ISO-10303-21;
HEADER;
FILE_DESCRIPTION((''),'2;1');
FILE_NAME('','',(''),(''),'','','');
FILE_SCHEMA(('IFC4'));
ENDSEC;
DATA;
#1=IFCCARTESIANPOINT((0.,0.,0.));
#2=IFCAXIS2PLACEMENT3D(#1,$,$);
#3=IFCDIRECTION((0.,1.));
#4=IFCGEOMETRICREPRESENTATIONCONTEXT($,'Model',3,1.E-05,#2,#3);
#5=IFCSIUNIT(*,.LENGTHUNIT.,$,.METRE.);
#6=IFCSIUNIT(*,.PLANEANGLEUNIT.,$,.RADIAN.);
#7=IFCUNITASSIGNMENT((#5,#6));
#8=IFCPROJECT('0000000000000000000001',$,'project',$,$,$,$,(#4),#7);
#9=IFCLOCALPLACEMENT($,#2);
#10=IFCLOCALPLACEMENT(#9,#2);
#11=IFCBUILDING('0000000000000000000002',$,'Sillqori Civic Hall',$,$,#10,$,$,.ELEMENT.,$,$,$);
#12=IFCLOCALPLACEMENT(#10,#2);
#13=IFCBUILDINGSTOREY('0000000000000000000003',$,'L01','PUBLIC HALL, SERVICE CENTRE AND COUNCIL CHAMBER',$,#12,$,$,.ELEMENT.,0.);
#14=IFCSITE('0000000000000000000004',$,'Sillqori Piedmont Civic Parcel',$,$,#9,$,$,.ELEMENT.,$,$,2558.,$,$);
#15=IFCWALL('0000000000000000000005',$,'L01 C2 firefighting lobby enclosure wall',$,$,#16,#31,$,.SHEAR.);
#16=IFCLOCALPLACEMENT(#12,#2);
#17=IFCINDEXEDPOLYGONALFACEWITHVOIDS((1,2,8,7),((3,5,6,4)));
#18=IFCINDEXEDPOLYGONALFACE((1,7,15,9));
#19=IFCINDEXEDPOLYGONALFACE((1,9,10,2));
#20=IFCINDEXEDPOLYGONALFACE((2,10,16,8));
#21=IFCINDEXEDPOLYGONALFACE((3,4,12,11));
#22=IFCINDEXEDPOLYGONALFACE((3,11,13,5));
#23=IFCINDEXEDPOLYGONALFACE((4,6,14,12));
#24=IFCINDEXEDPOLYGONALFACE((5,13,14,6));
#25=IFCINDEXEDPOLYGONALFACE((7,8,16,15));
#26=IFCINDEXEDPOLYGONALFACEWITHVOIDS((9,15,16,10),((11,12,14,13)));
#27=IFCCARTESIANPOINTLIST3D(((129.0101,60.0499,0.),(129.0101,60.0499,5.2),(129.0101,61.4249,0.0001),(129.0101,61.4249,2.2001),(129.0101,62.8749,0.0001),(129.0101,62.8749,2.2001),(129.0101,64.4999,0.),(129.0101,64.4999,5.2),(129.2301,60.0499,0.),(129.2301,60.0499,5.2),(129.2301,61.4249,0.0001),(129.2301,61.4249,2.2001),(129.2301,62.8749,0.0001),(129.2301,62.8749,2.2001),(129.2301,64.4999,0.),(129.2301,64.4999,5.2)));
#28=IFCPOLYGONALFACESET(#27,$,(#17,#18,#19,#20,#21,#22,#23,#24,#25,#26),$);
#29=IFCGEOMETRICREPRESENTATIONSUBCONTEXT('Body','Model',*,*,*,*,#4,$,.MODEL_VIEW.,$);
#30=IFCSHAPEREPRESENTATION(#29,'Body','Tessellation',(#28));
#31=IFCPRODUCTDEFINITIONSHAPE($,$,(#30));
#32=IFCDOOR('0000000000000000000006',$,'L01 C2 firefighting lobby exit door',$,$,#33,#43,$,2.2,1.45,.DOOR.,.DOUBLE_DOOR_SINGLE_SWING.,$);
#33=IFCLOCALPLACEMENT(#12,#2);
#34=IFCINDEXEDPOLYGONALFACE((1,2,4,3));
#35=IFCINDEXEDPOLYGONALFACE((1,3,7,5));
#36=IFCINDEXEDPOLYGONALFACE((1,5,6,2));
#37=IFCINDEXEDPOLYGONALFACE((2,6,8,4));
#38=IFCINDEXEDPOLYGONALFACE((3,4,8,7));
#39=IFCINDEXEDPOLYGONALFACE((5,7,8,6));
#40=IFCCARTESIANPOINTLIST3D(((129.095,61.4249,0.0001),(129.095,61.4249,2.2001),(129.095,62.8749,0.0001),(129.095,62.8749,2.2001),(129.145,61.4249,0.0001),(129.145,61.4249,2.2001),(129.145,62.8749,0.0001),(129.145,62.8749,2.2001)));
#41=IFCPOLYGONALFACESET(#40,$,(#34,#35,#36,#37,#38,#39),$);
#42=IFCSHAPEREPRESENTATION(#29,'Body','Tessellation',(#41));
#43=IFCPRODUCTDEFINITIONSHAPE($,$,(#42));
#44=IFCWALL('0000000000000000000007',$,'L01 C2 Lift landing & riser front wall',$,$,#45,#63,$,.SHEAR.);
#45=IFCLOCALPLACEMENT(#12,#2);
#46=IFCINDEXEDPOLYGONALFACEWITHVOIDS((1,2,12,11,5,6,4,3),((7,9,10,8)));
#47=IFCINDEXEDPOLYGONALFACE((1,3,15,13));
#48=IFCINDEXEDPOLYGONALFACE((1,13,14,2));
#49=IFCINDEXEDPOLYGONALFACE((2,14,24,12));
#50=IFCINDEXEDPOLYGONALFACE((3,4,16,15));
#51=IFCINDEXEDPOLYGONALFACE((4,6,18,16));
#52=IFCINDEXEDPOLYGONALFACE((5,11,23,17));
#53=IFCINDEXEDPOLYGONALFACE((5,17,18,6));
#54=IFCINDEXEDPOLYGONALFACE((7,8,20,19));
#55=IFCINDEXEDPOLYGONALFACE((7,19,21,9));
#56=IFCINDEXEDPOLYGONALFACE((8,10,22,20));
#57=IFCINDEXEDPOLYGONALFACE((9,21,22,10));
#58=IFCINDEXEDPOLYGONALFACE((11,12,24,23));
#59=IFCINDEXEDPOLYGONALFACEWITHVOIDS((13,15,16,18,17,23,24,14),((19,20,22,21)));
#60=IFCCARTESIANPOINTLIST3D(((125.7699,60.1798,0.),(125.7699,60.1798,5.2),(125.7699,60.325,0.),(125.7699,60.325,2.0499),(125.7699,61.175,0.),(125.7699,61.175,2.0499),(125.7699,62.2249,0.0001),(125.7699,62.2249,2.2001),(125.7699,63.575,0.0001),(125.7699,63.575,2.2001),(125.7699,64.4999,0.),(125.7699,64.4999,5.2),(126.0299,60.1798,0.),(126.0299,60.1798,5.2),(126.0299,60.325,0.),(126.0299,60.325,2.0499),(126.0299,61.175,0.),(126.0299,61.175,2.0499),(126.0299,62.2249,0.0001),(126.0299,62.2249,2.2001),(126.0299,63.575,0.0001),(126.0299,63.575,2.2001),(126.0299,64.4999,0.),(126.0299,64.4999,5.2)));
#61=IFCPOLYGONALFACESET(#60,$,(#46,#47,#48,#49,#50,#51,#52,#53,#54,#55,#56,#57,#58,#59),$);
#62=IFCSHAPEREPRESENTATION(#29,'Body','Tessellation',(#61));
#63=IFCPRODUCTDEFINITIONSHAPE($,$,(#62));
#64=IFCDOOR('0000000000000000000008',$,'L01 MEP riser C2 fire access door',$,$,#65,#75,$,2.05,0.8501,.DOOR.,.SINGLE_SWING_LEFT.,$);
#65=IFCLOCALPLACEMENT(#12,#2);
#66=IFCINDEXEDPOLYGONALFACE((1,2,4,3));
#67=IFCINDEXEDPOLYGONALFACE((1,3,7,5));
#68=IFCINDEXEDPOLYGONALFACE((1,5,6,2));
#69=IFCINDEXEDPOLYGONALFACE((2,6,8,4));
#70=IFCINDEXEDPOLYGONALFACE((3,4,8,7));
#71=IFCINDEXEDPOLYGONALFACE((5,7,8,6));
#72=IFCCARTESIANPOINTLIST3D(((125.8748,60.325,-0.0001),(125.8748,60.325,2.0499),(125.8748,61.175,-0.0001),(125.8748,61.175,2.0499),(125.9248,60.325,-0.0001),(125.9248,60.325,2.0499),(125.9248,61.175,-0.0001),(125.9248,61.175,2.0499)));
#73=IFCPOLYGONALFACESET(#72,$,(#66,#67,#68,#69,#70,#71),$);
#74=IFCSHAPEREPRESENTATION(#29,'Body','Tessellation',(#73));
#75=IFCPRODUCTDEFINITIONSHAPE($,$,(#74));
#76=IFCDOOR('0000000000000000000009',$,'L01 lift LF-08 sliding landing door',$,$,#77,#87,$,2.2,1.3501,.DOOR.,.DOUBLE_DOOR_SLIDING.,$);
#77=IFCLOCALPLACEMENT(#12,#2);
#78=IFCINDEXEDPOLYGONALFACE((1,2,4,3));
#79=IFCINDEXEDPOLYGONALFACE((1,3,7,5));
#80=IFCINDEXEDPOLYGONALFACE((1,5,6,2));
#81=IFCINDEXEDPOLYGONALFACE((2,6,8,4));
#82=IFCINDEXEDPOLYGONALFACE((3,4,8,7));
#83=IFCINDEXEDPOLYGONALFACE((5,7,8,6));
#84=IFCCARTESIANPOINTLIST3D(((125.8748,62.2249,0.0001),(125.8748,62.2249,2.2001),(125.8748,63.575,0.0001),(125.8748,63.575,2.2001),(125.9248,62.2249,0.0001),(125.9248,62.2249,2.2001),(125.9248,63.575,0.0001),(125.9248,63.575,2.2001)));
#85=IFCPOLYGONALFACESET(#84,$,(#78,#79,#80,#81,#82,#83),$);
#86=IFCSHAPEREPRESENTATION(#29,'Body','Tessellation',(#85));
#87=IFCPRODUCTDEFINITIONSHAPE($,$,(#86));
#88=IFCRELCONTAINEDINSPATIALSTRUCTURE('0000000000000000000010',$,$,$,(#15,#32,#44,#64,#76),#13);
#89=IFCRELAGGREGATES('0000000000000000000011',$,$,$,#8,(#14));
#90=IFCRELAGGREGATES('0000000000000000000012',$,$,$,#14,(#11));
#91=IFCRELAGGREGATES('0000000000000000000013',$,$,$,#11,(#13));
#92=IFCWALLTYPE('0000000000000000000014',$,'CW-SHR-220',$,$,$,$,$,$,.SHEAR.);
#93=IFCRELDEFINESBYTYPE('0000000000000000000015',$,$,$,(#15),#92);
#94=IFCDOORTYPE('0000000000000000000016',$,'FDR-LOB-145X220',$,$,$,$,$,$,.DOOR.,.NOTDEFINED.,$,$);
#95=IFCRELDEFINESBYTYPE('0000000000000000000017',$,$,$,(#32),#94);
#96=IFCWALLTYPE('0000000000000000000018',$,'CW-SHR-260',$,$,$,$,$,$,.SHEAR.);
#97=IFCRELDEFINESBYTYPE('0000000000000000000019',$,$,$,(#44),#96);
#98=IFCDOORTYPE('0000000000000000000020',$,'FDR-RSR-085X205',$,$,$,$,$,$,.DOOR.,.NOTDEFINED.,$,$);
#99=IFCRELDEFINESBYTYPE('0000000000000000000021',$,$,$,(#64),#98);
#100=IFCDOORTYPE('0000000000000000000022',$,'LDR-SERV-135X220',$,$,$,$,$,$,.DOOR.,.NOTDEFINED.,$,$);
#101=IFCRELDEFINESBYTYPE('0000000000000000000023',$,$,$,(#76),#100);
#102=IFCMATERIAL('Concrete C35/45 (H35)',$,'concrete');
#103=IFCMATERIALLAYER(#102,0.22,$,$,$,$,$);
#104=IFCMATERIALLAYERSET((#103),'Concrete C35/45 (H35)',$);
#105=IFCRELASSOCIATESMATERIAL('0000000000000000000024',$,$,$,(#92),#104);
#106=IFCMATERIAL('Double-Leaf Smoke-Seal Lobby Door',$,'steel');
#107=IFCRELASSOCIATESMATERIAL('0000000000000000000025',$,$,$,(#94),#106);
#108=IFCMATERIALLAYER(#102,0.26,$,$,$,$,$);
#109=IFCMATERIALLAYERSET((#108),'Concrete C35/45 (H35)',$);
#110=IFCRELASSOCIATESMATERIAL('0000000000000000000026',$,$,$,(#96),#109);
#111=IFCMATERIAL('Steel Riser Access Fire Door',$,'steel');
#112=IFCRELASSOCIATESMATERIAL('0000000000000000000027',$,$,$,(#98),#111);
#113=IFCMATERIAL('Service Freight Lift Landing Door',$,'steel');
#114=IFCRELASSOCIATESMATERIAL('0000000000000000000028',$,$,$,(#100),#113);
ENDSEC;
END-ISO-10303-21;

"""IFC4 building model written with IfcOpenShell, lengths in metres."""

from ifc_helpers import new_model, si_unit, direction, frame, frame_2d, origin, place, context, subcontext, project, spatial, rectangle, extrude, material, layer, layer_set, type_object, element, fill, save


model = new_model("IFC4")

# Units and contexts
model_context = context("Model", 3, precision=1e-05, world=origin(), true_north=direction((0.0, 1.0)))
body_context = subcontext(model_context, "Body", "Model", "MODEL_VIEW")
ifc_project = project(units=[si_unit("LENGTHUNIT", "METRE"), si_unit("PLANEANGLEUNIT", "RADIAN")], contexts=[model_context])

# Site, building, storey
site_placement = place(None, origin())
site = spatial("IfcSite", under=ifc_project, at=site_placement, Name="Sillqori Piedmont Civic Parcel", CompositionType="ELEMENT", RefElevation=2558.0)
building_placement = place(site_placement, origin())
building = spatial("IfcBuilding", under=site, at=building_placement, Name="Sillqori Civic Hall", CompositionType="ELEMENT")
storey_placement = place(building_placement, origin())
storey = spatial("IfcBuildingStorey", under=building, at=storey_placement, Name="L01", Description="PUBLIC HALL, SERVICE CENTRE AND COUNCIL CHAMBER", CompositionType="ELEMENT", Elevation=0.0)

# Wall, opening, door
ifc_material_1 = material(Name="Concrete C35/45 (H35)", Category="concrete")
ifc_layer_1 = layer(ifc_material_1, 0.22)
ifc_layer_set_1 = layer_set([ifc_layer_1], Name="Concrete C35/45 (H35)")
wall_type_1 = type_object("IfcWallType", Name="CW-SHR-220", PredefinedType="SHEAR", material=ifc_layer_set_1)
wall_1_placement = place(storey_placement, frame((129.1201, 64.5, 0.0), z_axis=(0.0, 0.0, 1.0), x_axis=(0.0, -1.0, 0.0)))
wall_1 = element("IfcWall", 1, at=wall_1_placement, inside=storey, type_object=wall_type_1, Name="L01 C2 firefighting lobby enclosure wall", PredefinedType="SHEAR", context=body_context, shape_type="SweptSolid", body=[
    extrude(rectangle(XDim=4.45, YDim=0.22, at=frame_2d((2.2251, 0.0))), origin(), (0.0, 0.0, 1.0), 5.2),
])
opening_1_placement = place(wall_1_placement, frame((1.625, 0.0, 0.0)))
opening_1 = element("IfcOpeningElement", 2, at=opening_1_placement, cuts=wall_1, PredefinedType="OPENING", context=body_context, shape_type="SweptSolid", body=[
    extrude(rectangle(XDim=1.45, YDim=2.2, at=frame_2d((0.7251, 1.1001))), frame((0.0, 0.1199, 0.0), z_axis=(0.0, -1.0, 0.0), x_axis=(1.0, 0.0, 0.0)), (0.0, 0.0, 1.0), 0.24),
])
ifc_material_2 = material(Name="Double-Leaf Smoke-Seal Lobby Door", Category="steel")
door_type_1 = type_object("IfcDoorType", Name="FDR-LOB-145X220", OperationType="NOTDEFINED", PredefinedType="DOOR", material=ifc_material_2)
door_1_placement = place(opening_1_placement, origin())
door_1 = element("IfcDoor", 3, at=door_1_placement, inside=storey, type_object=door_type_1, Name="L01 C2 firefighting lobby exit door", OperationType="DOUBLE_DOOR_SINGLE_SWING", OverallHeight=2.2, OverallWidth=1.45, PredefinedType="DOOR", context=body_context, shape_type="SweptSolid", body=[
    extrude(rectangle(XDim=1.45, YDim=2.2, at=frame_2d((0.7251, 1.1001))), frame((0.0, 0.0249, 0.0), z_axis=(0.0, -1.0, 0.0), x_axis=(1.0, 0.0, 0.0)), (0.0, 0.0, 1.0), 0.05),
])
fill(opening_1, door_1)

# Wall, openings, doors
ifc_layer_2 = layer(ifc_material_1, 0.26)
ifc_layer_set_2 = layer_set([ifc_layer_2], Name="Concrete C35/45 (H35)")
wall_type_2 = type_object("IfcWallType", Name="CW-SHR-260", PredefinedType="SHEAR", material=ifc_layer_set_2)
wall_2_placement = place(storey_placement, frame((125.8999, 64.5, 0.0), z_axis=(0.0, 0.0, 1.0), x_axis=(0.0, -1.0, 0.0)))
wall_2 = element("IfcWall", 4, at=wall_2_placement, inside=storey, type_object=wall_type_2, Name="L01 C2 Lift landing & riser front wall", PredefinedType="SHEAR", context=body_context, shape_type="SweptSolid", body=[
    extrude(rectangle(XDim=4.3201, YDim=0.26, at=frame_2d((2.1602, 0.0))), origin(), (0.0, 0.0, 1.0), 5.2),
])
opening_2_placement = place(wall_2_placement, frame((0.925, 0.0, 0.0)))
opening_2 = element("IfcOpeningElement", 5, at=opening_2_placement, cuts=wall_2, PredefinedType="OPENING", context=body_context, shape_type="SweptSolid", body=[
    extrude(rectangle(XDim=1.3501, YDim=2.2, at=frame_2d((0.675, 1.1001))), frame((0.0, 0.1399, 0.0), z_axis=(0.0, -1.0, 0.0), x_axis=(1.0, 0.0, 0.0)), (0.0, 0.0, 1.0), 0.28),
])
opening_3_placement = place(wall_2_placement, frame((3.325, 0.0, 0.0)))
opening_3 = element("IfcOpeningElement", 6, at=opening_3_placement, cuts=wall_2, PredefinedType="OPENING", context=body_context, shape_type="SweptSolid", body=[
    extrude(rectangle(XDim=0.8501, YDim=2.05, at=frame_2d((0.425, 1.0249))), frame((0.0, 0.1399, 0.0), z_axis=(0.0, -1.0, 0.0), x_axis=(1.0, 0.0, 0.0)), (0.0, 0.0, 1.0), 0.28),
])
ifc_material_3 = material(Name="Steel Riser Access Fire Door", Category="steel")
door_type_2 = type_object("IfcDoorType", Name="FDR-RSR-085X205", OperationType="NOTDEFINED", PredefinedType="DOOR", material=ifc_material_3)
door_2_placement = place(opening_3_placement, origin())
door_2 = element("IfcDoor", 7, at=door_2_placement, inside=storey, type_object=door_type_2, Name="L01 MEP riser C2 fire access door", OperationType="SINGLE_SWING_LEFT", OverallHeight=2.05, OverallWidth=0.8501, PredefinedType="DOOR", context=body_context, shape_type="SweptSolid", body=[
    extrude(rectangle(XDim=0.8501, YDim=2.05, at=frame_2d((0.425, 1.0249))), frame((0.0, 0.0249, 0.0), z_axis=(0.0, -1.0, 0.0), x_axis=(1.0, 0.0, 0.0)), (0.0, 0.0, 1.0), 0.05),
])
fill(opening_3, door_2)
ifc_material_4 = material(Name="Service Freight Lift Landing Door", Category="steel")
door_type_3 = type_object("IfcDoorType", Name="LDR-SERV-135X220", OperationType="NOTDEFINED", PredefinedType="DOOR", material=ifc_material_4)
door_3_placement = place(opening_2_placement, origin())
door_3 = element("IfcDoor", 8, at=door_3_placement, inside=storey, type_object=door_type_3, Name="L01 lift LF-08 sliding landing door", OperationType="DOUBLE_DOOR_SLIDING", OverallHeight=2.2, OverallWidth=1.3501, PredefinedType="DOOR", context=body_context, shape_type="SweptSolid", body=[
    extrude(rectangle(XDim=1.3501, YDim=2.2, at=frame_2d((0.675, 1.1001))), frame((0.0, 0.0249, 0.0), z_axis=(0.0, -1.0, 0.0), x_axis=(1.0, 0.0, 0.0)), (0.0, 0.0, 1.0), 0.05),
])
fill(opening_2, door_3)

save(model, "model.ifc")
